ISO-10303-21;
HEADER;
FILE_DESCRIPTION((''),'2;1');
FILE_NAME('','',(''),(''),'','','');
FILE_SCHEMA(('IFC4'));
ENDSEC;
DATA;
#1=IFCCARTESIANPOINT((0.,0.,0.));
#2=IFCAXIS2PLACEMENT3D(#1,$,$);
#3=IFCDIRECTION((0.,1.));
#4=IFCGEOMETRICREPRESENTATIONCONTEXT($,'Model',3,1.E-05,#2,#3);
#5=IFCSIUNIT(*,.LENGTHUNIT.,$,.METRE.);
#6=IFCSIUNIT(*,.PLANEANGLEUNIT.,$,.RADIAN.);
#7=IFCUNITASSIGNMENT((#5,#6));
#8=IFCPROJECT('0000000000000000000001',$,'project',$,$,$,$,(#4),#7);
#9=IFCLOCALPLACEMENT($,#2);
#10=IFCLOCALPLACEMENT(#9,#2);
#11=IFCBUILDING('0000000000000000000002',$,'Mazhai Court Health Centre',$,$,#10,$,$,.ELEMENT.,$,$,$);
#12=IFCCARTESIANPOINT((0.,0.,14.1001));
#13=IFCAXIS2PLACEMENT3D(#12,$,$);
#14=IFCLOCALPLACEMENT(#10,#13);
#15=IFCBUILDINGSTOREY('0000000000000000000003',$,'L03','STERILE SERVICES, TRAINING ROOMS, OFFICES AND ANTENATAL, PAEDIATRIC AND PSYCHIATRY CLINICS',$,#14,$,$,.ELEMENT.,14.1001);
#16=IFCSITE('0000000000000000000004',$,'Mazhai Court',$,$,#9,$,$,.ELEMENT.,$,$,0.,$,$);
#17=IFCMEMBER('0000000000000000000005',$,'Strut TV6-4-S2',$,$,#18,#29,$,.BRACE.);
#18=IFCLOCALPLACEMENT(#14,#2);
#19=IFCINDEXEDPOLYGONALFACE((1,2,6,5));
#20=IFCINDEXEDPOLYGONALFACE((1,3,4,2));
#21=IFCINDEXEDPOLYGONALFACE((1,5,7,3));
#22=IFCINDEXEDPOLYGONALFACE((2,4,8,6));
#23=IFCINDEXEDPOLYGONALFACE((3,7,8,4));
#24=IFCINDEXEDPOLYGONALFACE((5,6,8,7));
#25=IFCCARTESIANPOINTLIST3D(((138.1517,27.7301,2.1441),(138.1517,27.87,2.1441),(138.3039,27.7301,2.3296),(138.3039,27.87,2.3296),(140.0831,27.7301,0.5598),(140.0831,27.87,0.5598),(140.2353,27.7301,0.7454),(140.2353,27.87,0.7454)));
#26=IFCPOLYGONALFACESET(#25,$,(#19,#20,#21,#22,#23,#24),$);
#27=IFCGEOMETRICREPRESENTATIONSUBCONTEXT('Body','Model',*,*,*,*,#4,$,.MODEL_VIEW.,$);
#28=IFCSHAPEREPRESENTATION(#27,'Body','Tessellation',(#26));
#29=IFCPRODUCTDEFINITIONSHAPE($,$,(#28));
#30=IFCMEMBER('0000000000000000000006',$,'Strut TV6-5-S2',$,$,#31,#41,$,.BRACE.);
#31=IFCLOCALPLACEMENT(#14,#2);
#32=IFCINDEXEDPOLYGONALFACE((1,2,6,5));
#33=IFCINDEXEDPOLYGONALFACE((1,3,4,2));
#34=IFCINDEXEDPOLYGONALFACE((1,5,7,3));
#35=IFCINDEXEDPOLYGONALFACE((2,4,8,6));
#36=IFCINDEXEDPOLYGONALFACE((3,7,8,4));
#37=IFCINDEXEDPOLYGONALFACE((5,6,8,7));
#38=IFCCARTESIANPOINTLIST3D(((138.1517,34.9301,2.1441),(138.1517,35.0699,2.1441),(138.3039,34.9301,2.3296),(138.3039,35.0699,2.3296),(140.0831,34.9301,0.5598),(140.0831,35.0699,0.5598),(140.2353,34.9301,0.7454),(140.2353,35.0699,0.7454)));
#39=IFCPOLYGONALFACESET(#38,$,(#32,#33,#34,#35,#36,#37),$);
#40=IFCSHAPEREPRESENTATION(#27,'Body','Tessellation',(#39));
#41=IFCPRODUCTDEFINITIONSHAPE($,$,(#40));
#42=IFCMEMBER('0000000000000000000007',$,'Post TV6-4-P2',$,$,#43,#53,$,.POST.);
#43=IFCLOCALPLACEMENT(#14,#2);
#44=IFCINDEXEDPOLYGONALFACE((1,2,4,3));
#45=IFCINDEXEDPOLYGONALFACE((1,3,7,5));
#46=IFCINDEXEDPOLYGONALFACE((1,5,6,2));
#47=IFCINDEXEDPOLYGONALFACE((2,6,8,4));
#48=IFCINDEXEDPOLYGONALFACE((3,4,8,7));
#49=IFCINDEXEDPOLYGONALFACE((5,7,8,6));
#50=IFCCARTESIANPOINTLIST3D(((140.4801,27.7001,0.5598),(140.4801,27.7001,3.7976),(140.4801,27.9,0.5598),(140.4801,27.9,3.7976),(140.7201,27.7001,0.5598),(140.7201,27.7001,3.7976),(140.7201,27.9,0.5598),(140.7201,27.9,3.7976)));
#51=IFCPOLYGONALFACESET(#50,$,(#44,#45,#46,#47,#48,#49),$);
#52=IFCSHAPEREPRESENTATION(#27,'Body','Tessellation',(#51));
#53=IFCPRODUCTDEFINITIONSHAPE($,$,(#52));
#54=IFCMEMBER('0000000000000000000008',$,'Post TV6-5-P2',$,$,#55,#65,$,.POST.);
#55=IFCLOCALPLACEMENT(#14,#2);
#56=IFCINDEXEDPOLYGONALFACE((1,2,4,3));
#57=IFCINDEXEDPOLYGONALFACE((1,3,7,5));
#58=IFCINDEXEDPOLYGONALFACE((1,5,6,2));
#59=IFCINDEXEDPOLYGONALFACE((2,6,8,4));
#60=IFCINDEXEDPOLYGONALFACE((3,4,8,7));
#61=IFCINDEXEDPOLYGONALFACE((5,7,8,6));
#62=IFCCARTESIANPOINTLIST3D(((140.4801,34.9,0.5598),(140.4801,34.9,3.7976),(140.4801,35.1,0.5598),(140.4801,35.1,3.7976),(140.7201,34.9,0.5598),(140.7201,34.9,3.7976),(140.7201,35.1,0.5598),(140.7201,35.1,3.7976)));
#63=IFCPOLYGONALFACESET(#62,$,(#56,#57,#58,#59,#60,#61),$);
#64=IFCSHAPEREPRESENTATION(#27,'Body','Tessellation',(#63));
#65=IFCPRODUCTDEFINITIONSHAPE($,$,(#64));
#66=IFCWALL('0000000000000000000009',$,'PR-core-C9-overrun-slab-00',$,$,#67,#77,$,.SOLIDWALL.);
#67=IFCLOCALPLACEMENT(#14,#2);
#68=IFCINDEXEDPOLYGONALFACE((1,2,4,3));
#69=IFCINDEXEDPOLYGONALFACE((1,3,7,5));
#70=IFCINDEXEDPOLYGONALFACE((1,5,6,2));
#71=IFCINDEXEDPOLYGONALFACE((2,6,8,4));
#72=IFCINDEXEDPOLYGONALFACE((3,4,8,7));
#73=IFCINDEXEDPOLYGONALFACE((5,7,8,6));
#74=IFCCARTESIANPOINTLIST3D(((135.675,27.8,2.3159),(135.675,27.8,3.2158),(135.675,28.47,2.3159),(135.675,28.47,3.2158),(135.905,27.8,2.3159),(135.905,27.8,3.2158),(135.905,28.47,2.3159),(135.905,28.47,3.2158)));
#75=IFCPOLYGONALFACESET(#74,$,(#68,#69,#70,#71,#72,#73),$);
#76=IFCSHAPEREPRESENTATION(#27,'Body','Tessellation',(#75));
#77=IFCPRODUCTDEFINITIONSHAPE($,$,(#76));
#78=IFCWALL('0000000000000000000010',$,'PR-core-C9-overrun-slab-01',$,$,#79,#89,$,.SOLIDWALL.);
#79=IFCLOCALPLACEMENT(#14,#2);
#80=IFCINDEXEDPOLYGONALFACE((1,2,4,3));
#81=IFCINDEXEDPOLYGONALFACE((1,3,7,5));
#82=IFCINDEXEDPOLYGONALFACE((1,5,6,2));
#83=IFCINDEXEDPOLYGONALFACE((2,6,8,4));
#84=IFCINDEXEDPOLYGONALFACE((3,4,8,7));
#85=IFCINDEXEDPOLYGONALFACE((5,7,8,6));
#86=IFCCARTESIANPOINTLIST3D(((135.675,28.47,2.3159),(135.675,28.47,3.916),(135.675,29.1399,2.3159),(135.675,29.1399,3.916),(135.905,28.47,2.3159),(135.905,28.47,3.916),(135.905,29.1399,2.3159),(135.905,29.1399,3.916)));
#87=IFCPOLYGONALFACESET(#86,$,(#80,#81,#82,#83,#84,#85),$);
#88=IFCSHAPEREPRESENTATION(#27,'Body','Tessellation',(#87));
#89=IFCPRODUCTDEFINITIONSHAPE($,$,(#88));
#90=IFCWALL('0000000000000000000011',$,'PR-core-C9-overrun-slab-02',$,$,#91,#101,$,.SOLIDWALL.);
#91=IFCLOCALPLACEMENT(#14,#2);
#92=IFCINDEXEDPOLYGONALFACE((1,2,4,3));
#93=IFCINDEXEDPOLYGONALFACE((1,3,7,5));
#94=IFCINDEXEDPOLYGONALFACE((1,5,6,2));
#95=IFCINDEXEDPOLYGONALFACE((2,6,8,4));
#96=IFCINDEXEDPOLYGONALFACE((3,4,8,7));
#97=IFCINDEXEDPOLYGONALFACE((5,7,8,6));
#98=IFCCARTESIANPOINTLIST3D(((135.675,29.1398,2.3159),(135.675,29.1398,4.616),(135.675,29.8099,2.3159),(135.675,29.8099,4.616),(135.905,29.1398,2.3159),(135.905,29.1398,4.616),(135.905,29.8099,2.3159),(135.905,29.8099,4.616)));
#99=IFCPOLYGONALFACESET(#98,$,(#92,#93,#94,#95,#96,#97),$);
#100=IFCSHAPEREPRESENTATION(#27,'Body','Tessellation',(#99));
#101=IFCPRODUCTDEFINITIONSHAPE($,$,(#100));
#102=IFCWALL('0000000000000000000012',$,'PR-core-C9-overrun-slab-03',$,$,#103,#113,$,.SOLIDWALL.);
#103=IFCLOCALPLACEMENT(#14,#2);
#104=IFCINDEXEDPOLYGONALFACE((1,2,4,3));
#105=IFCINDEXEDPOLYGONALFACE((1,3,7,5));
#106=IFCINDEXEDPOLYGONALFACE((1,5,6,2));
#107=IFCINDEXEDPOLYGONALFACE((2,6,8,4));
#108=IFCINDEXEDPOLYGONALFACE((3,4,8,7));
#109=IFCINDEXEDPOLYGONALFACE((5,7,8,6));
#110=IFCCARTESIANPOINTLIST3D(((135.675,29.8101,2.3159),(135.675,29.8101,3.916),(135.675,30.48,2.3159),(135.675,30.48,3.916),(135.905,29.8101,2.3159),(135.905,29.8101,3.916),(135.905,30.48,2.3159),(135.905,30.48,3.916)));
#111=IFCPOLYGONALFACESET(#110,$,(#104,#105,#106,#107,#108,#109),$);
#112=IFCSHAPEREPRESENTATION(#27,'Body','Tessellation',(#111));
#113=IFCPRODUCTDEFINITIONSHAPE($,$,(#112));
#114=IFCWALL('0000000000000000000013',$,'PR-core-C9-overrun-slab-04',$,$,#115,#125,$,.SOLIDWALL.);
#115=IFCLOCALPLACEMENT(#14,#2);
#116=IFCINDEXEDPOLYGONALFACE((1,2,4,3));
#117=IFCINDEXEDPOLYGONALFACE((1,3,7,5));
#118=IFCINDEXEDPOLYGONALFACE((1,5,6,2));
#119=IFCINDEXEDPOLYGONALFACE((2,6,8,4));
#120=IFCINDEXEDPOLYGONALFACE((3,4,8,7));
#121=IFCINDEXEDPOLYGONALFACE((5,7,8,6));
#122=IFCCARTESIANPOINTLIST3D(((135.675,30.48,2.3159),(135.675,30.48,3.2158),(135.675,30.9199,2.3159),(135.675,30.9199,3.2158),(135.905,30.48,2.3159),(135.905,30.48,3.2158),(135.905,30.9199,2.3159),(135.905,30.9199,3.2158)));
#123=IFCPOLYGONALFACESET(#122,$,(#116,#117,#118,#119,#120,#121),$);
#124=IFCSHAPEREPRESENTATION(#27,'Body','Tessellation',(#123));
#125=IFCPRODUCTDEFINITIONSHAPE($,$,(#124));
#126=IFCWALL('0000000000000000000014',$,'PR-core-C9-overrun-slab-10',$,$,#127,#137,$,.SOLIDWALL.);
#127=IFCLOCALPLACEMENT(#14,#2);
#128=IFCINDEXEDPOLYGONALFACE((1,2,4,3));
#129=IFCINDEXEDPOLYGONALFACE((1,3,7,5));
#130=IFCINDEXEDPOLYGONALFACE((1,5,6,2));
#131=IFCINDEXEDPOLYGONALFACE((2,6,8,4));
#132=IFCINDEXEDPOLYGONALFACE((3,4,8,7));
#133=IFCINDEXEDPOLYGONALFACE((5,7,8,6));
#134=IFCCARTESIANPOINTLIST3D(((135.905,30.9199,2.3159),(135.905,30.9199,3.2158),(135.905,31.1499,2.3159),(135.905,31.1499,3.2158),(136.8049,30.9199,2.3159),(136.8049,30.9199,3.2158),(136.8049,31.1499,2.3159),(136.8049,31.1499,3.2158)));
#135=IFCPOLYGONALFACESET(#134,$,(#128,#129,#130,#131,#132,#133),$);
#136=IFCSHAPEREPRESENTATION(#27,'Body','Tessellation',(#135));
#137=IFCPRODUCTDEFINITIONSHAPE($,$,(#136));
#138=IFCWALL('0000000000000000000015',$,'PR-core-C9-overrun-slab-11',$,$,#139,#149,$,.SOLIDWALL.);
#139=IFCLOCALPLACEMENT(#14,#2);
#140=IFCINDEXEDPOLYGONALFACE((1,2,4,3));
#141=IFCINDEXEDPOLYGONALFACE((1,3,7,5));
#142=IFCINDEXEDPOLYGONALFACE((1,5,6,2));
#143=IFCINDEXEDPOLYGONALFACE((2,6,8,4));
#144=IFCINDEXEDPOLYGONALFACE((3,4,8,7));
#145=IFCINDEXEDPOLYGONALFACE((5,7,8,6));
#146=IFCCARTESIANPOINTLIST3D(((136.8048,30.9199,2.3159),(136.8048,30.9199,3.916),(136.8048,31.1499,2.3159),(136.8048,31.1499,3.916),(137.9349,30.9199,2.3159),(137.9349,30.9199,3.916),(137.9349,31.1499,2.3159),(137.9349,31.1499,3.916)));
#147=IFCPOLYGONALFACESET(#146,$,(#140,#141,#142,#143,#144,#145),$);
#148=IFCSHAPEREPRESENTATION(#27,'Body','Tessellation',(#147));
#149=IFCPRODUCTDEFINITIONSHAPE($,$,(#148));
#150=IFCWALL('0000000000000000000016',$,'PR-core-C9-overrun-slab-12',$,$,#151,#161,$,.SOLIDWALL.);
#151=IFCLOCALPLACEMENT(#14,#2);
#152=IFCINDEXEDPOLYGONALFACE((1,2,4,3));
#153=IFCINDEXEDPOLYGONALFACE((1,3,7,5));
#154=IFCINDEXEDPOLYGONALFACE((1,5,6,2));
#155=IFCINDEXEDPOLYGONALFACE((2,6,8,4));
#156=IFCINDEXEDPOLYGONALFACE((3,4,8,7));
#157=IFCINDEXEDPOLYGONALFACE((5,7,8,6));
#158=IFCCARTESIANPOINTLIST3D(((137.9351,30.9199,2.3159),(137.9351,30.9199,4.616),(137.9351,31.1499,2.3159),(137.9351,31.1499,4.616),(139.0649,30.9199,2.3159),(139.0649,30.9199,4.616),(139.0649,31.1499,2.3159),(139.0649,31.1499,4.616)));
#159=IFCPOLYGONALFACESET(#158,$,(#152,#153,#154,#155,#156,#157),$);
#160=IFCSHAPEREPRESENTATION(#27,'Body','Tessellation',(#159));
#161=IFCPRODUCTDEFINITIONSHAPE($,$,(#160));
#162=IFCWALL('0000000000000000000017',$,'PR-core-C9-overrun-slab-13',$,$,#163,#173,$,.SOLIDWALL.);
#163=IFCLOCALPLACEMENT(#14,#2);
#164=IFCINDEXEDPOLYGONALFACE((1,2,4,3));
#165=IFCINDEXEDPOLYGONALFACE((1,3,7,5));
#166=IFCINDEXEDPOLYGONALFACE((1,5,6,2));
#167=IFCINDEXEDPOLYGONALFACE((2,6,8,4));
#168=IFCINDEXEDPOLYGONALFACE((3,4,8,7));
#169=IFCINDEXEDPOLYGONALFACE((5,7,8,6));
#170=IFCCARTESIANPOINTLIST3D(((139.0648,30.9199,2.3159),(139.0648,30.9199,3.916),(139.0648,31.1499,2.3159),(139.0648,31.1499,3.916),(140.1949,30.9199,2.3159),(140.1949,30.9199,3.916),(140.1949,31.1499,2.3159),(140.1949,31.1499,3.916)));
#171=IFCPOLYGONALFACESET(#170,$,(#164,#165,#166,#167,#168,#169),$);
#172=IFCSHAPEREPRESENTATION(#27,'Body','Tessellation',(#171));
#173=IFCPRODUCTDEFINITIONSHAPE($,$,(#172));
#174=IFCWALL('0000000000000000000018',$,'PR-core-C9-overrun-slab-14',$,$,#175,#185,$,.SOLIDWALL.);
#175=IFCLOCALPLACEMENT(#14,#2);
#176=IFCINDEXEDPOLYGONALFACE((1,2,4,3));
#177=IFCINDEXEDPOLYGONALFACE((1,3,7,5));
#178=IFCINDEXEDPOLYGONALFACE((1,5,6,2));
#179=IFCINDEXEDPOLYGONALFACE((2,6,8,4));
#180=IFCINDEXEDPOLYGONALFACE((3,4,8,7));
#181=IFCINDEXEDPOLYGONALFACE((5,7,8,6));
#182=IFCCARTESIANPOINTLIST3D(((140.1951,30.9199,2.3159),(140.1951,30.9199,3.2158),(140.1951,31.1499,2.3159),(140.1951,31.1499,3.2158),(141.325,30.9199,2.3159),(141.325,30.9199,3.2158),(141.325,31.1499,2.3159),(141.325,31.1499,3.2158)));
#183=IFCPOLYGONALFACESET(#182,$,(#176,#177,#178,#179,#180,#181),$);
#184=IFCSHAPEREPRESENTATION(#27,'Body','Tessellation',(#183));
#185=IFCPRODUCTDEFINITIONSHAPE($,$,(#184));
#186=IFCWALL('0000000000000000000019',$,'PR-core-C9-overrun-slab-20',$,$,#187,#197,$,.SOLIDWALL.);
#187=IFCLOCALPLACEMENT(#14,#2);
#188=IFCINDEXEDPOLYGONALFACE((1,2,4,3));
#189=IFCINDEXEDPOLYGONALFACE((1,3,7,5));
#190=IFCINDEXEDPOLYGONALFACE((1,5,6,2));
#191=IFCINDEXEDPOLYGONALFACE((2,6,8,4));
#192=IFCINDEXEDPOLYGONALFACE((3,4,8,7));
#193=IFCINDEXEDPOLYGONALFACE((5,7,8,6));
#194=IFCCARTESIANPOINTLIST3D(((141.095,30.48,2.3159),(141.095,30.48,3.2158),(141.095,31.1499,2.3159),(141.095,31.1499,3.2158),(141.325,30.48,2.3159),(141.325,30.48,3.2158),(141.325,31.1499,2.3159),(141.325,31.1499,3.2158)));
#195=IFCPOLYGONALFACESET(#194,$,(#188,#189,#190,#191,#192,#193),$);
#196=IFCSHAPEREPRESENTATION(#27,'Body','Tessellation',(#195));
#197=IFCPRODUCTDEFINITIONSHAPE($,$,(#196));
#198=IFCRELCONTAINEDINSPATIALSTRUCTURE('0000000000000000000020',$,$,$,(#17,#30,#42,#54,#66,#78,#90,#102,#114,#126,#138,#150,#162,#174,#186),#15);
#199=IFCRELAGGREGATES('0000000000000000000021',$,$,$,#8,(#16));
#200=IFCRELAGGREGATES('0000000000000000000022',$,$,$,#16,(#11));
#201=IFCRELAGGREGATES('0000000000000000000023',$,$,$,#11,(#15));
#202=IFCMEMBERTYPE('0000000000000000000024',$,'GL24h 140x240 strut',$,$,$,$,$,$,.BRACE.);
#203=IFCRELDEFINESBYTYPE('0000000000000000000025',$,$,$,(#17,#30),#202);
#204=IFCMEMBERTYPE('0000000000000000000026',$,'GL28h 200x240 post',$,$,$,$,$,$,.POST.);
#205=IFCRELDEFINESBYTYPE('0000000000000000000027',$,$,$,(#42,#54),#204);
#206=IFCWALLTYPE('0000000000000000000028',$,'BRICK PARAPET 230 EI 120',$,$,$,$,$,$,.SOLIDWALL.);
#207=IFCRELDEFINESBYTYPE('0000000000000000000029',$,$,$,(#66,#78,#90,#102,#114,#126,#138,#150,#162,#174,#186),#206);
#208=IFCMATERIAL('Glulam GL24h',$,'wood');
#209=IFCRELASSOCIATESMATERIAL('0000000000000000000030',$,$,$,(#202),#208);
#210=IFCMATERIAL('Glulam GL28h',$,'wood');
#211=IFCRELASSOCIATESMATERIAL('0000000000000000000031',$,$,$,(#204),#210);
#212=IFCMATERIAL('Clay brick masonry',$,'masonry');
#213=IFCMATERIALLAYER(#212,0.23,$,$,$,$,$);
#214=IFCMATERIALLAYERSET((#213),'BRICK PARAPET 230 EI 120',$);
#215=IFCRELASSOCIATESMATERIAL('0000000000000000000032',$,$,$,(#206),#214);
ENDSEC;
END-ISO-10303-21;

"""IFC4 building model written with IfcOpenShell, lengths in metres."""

from ifc_helpers import new_model, si_unit, direction, frame, frame_2d, origin, origin_2d, place, context, subcontext, project, spatial, rectangle, extrude, material, layer, layer_set, material_profile, profile_set, type_object, element, save


model = new_model("IFC4")

# Units and contexts
model_context = context("Model", 3, precision=1e-05, world=origin(), true_north=direction((0.0, 1.0)))
body_context = subcontext(model_context, "Body", "Model", "MODEL_VIEW")
ifc_project = project(units=[si_unit("LENGTHUNIT", "METRE"), si_unit("PLANEANGLEUNIT", "RADIAN")], contexts=[model_context])

# Site, building, storey
site_placement = place(None, origin())
site = spatial("IfcSite", under=ifc_project, at=site_placement, Name="Mazhai Court", CompositionType="ELEMENT", RefElevation=0.0)
building_placement = place(site_placement, origin())
building = spatial("IfcBuilding", under=site, at=building_placement, Name="Mazhai Court Health Centre", CompositionType="ELEMENT")
storey_placement = place(building_placement, frame((0.0, 0.0, 14.1001)))
storey = spatial("IfcBuildingStorey", under=building, at=storey_placement, Name="L03", Description="STERILE SERVICES, TRAINING ROOMS, OFFICES AND ANTENATAL, PAEDIATRIC AND PSYCHIATRY CLINICS", CompositionType="ELEMENT", Elevation=14.1001)

# Members
ifc_material_1 = material(Name="Glulam GL24h", Category="wood")
ifc_material_profile_1 = material_profile(ifc_material_1, rectangle(XDim=0.1399, YDim=0.24, at=origin_2d()), Name="GL24h 140x240")
ifc_profile_set_1 = profile_set([ifc_material_profile_1], Name="Glulam GL24h")
member_type_1 = type_object("IfcMemberType", Name="GL24h 140x240 strut", PredefinedType="BRACE", material=ifc_profile_set_1)
for number, where, z_axis, x_axis, name in (
    (1, (140.1592, 27.8, 0.6526), (-0.773173, 0.0, 0.634195), (0.0, -1.0, 0.0), "Strut TV6-4-S2"),
    (2, (140.1592, 35.0, 0.6526), (-0.773173, 0.0, 0.634195), (0.0, -1.0, 0.0), "Strut TV6-5-S2"),
):
    element("IfcMember", number, at=place(storey_placement, frame(where, z_axis=z_axis, x_axis=x_axis)), inside=storey, type_object=member_type_1, Name=name, PredefinedType="BRACE", context=body_context, shape_type="SweptSolid", body=[
        extrude(rectangle(XDim=0.1399, YDim=0.24, at=origin_2d()), origin(), (0.0, 0.0, 1.0), 2.498),
    ])
ifc_material_2 = material(Name="Glulam GL28h", Category="wood")
ifc_material_profile_2 = material_profile(ifc_material_2, rectangle(XDim=0.2, YDim=0.24, at=origin_2d()), Name="GL28h 200x240")
ifc_profile_set_2 = profile_set([ifc_material_profile_2], Name="Glulam GL28h")
member_type_2 = type_object("IfcMemberType", Name="GL28h 200x240 post", PredefinedType="POST", material=ifc_profile_set_2)
for number, where, z_axis, x_axis, name in (
    (3, (140.6001, 27.8, 0.5598), (0.0, 0.0, 1.0), (0.0, 1.0, 0.0), "Post TV6-4-P2"),
    (4, (140.6001, 35.0, 0.5598), (0.0, 0.0, 1.0), (0.0, 1.0, 0.0), "Post TV6-5-P2"),
):
    element("IfcMember", number, at=place(storey_placement, frame(where, z_axis=z_axis, x_axis=x_axis)), inside=storey, type_object=member_type_2, Name=name, PredefinedType="POST", context=body_context, shape_type="SweptSolid", body=[
        extrude(rectangle(XDim=0.2, YDim=0.24, at=origin_2d()), origin(), (0.0, 0.0, 1.0), 3.2378),
    ])

# Walls
ifc_material_3 = material(Name="Clay brick masonry", Category="masonry")
ifc_layer_1 = layer(ifc_material_3, 0.23)
ifc_layer_set_1 = layer_set([ifc_layer_1], Name="BRICK PARAPET 230 EI 120")
wall_type_1 = type_object("IfcWallType", Name="BRICK PARAPET 230 EI 120", PredefinedType="SOLIDWALL", material=ifc_layer_set_1)
wall_1_placement = place(storey_placement, frame((135.79, 27.8, 2.3159), z_axis=(0.0, 0.0, 1.0), x_axis=(0.0, 1.0, 0.0)))
element("IfcWall", 5, at=wall_1_placement, inside=storey, type_object=wall_type_1, Name="PR-core-C9-overrun-slab-00", PredefinedType="SOLIDWALL", context=body_context, shape_type="SweptSolid", body=[
    extrude(rectangle(XDim=0.6699, YDim=0.23, at=frame_2d((0.335, 0.0))), origin(), (0.0, 0.0, 1.0), 0.8999),
])
wall_2_placement = place(storey_placement, frame((135.79, 28.47, 2.3159), z_axis=(0.0, 0.0, 1.0), x_axis=(0.0, 1.0, 0.0)))
element("IfcWall", 6, at=wall_2_placement, inside=storey, type_object=wall_type_1, Name="PR-core-C9-overrun-slab-01", PredefinedType="SOLIDWALL", context=body_context, shape_type="SweptSolid", body=[
    extrude(rectangle(XDim=0.6699, YDim=0.23, at=frame_2d((0.335, 0.0))), origin(), (0.0, 0.0, 1.0), 1.6001),
])
wall_3_placement = place(storey_placement, frame((135.79, 29.1399, 2.3159), z_axis=(0.0, 0.0, 1.0), x_axis=(0.0, 1.0, 0.0)))
element("IfcWall", 7, at=wall_3_placement, inside=storey, type_object=wall_type_1, Name="PR-core-C9-overrun-slab-02", PredefinedType="SOLIDWALL", context=body_context, shape_type="SweptSolid", body=[
    extrude(rectangle(XDim=0.6702, YDim=0.23, at=frame_2d((0.335, 0.0))), origin(), (0.0, 0.0, 1.0), 2.3),
])
wall_4_placement = place(storey_placement, frame((135.79, 29.8101, 2.3159), z_axis=(0.0, 0.0, 1.0), x_axis=(0.0, 1.0, 0.0)))
element("IfcWall", 8, at=wall_4_placement, inside=storey, type_object=wall_type_1, Name="PR-core-C9-overrun-slab-03", PredefinedType="SOLIDWALL", context=body_context, shape_type="SweptSolid", body=[
    extrude(rectangle(XDim=0.6699, YDim=0.23, at=frame_2d((0.335, 0.0))), origin(), (0.0, 0.0, 1.0), 1.6001),
])
wall_5_placement = place(storey_placement, frame((135.79, 30.48, 2.3159), z_axis=(0.0, 0.0, 1.0), x_axis=(0.0, 1.0, 0.0)))
element("IfcWall", 9, at=wall_5_placement, inside=storey, type_object=wall_type_1, Name="PR-core-C9-overrun-slab-04", PredefinedType="SOLIDWALL", context=body_context, shape_type="SweptSolid", body=[
    extrude(rectangle(XDim=0.4399, YDim=0.23, at=frame_2d((0.22, 0.0))), origin(), (0.0, 0.0, 1.0), 0.8999),
])
wall_6_placement = place(storey_placement, frame((135.905, 31.0349, 2.3159), z_axis=(0.0, 0.0, 1.0), x_axis=(1.0, 0.0, 0.0)))
element("IfcWall", 10, at=wall_6_placement, inside=storey, type_object=wall_type_1, Name="PR-core-C9-overrun-slab-10", PredefinedType="SOLIDWALL", context=body_context, shape_type="SweptSolid", body=[
    extrude(rectangle(XDim=0.8999, YDim=0.23, at=frame_2d((0.45, 0.0))), origin(), (0.0, 0.0, 1.0), 0.8999),
])
wall_7_placement = place(storey_placement, frame((136.8049, 31.0349, 2.3159), z_axis=(0.0, 0.0, 1.0), x_axis=(1.0, 0.0, 0.0)))
element("IfcWall", 11, at=wall_7_placement, inside=storey, type_object=wall_type_1, Name="PR-core-C9-overrun-slab-11", PredefinedType="SOLIDWALL", context=body_context, shape_type="SweptSolid", body=[
    extrude(rectangle(XDim=1.1301, YDim=0.23, at=frame_2d((0.5649, 0.0))), origin(), (0.0, 0.0, 1.0), 1.6001),
])
wall_8_placement = place(storey_placement, frame((137.9351, 31.0349, 2.3159), z_axis=(0.0, 0.0, 1.0), x_axis=(1.0, 0.0, 0.0)))
element("IfcWall", 12, at=wall_8_placement, inside=storey, type_object=wall_type_1, Name="PR-core-C9-overrun-slab-12", PredefinedType="SOLIDWALL", context=body_context, shape_type="SweptSolid", body=[
    extrude(rectangle(XDim=1.1299, YDim=0.23, at=frame_2d((0.5649, 0.0))), origin(), (0.0, 0.0, 1.0), 2.3),
])
wall_9_placement = place(storey_placement, frame((139.0649, 31.0349, 2.3159), z_axis=(0.0, 0.0, 1.0), x_axis=(1.0, 0.0, 0.0)))
element("IfcWall", 13, at=wall_9_placement, inside=storey, type_object=wall_type_1, Name="PR-core-C9-overrun-slab-13", PredefinedType="SOLIDWALL", context=body_context, shape_type="SweptSolid", body=[
    extrude(rectangle(XDim=1.1301, YDim=0.23, at=frame_2d((0.5649, 0.0))), origin(), (0.0, 0.0, 1.0), 1.6001),
])
wall_10_placement = place(storey_placement, frame((140.1951, 31.0349, 2.3159), z_axis=(0.0, 0.0, 1.0), x_axis=(1.0, 0.0, 0.0)))
element("IfcWall", 14, at=wall_10_placement, inside=storey, type_object=wall_type_1, Name="PR-core-C9-overrun-slab-14", PredefinedType="SOLIDWALL", context=body_context, shape_type="SweptSolid", body=[
    extrude(rectangle(XDim=1.1299, YDim=0.23, at=frame_2d((0.5649, 0.0))), origin(), (0.0, 0.0, 1.0), 0.8999),
])
wall_11_placement = place(storey_placement, frame((141.21, 31.1499, 2.3159), z_axis=(0.0, 0.0, 1.0), x_axis=(0.0, -1.0, 0.0)))
element("IfcWall", 15, at=wall_11_placement, inside=storey, type_object=wall_type_1, Name="PR-core-C9-overrun-slab-20", PredefinedType="SOLIDWALL", context=body_context, shape_type="SweptSolid", body=[
    extrude(rectangle(XDim=0.6699, YDim=0.23, at=frame_2d((0.335, 0.0))), origin(), (0.0, 0.0, 1.0), 0.8999),
])

save(model, "model.ifc")
